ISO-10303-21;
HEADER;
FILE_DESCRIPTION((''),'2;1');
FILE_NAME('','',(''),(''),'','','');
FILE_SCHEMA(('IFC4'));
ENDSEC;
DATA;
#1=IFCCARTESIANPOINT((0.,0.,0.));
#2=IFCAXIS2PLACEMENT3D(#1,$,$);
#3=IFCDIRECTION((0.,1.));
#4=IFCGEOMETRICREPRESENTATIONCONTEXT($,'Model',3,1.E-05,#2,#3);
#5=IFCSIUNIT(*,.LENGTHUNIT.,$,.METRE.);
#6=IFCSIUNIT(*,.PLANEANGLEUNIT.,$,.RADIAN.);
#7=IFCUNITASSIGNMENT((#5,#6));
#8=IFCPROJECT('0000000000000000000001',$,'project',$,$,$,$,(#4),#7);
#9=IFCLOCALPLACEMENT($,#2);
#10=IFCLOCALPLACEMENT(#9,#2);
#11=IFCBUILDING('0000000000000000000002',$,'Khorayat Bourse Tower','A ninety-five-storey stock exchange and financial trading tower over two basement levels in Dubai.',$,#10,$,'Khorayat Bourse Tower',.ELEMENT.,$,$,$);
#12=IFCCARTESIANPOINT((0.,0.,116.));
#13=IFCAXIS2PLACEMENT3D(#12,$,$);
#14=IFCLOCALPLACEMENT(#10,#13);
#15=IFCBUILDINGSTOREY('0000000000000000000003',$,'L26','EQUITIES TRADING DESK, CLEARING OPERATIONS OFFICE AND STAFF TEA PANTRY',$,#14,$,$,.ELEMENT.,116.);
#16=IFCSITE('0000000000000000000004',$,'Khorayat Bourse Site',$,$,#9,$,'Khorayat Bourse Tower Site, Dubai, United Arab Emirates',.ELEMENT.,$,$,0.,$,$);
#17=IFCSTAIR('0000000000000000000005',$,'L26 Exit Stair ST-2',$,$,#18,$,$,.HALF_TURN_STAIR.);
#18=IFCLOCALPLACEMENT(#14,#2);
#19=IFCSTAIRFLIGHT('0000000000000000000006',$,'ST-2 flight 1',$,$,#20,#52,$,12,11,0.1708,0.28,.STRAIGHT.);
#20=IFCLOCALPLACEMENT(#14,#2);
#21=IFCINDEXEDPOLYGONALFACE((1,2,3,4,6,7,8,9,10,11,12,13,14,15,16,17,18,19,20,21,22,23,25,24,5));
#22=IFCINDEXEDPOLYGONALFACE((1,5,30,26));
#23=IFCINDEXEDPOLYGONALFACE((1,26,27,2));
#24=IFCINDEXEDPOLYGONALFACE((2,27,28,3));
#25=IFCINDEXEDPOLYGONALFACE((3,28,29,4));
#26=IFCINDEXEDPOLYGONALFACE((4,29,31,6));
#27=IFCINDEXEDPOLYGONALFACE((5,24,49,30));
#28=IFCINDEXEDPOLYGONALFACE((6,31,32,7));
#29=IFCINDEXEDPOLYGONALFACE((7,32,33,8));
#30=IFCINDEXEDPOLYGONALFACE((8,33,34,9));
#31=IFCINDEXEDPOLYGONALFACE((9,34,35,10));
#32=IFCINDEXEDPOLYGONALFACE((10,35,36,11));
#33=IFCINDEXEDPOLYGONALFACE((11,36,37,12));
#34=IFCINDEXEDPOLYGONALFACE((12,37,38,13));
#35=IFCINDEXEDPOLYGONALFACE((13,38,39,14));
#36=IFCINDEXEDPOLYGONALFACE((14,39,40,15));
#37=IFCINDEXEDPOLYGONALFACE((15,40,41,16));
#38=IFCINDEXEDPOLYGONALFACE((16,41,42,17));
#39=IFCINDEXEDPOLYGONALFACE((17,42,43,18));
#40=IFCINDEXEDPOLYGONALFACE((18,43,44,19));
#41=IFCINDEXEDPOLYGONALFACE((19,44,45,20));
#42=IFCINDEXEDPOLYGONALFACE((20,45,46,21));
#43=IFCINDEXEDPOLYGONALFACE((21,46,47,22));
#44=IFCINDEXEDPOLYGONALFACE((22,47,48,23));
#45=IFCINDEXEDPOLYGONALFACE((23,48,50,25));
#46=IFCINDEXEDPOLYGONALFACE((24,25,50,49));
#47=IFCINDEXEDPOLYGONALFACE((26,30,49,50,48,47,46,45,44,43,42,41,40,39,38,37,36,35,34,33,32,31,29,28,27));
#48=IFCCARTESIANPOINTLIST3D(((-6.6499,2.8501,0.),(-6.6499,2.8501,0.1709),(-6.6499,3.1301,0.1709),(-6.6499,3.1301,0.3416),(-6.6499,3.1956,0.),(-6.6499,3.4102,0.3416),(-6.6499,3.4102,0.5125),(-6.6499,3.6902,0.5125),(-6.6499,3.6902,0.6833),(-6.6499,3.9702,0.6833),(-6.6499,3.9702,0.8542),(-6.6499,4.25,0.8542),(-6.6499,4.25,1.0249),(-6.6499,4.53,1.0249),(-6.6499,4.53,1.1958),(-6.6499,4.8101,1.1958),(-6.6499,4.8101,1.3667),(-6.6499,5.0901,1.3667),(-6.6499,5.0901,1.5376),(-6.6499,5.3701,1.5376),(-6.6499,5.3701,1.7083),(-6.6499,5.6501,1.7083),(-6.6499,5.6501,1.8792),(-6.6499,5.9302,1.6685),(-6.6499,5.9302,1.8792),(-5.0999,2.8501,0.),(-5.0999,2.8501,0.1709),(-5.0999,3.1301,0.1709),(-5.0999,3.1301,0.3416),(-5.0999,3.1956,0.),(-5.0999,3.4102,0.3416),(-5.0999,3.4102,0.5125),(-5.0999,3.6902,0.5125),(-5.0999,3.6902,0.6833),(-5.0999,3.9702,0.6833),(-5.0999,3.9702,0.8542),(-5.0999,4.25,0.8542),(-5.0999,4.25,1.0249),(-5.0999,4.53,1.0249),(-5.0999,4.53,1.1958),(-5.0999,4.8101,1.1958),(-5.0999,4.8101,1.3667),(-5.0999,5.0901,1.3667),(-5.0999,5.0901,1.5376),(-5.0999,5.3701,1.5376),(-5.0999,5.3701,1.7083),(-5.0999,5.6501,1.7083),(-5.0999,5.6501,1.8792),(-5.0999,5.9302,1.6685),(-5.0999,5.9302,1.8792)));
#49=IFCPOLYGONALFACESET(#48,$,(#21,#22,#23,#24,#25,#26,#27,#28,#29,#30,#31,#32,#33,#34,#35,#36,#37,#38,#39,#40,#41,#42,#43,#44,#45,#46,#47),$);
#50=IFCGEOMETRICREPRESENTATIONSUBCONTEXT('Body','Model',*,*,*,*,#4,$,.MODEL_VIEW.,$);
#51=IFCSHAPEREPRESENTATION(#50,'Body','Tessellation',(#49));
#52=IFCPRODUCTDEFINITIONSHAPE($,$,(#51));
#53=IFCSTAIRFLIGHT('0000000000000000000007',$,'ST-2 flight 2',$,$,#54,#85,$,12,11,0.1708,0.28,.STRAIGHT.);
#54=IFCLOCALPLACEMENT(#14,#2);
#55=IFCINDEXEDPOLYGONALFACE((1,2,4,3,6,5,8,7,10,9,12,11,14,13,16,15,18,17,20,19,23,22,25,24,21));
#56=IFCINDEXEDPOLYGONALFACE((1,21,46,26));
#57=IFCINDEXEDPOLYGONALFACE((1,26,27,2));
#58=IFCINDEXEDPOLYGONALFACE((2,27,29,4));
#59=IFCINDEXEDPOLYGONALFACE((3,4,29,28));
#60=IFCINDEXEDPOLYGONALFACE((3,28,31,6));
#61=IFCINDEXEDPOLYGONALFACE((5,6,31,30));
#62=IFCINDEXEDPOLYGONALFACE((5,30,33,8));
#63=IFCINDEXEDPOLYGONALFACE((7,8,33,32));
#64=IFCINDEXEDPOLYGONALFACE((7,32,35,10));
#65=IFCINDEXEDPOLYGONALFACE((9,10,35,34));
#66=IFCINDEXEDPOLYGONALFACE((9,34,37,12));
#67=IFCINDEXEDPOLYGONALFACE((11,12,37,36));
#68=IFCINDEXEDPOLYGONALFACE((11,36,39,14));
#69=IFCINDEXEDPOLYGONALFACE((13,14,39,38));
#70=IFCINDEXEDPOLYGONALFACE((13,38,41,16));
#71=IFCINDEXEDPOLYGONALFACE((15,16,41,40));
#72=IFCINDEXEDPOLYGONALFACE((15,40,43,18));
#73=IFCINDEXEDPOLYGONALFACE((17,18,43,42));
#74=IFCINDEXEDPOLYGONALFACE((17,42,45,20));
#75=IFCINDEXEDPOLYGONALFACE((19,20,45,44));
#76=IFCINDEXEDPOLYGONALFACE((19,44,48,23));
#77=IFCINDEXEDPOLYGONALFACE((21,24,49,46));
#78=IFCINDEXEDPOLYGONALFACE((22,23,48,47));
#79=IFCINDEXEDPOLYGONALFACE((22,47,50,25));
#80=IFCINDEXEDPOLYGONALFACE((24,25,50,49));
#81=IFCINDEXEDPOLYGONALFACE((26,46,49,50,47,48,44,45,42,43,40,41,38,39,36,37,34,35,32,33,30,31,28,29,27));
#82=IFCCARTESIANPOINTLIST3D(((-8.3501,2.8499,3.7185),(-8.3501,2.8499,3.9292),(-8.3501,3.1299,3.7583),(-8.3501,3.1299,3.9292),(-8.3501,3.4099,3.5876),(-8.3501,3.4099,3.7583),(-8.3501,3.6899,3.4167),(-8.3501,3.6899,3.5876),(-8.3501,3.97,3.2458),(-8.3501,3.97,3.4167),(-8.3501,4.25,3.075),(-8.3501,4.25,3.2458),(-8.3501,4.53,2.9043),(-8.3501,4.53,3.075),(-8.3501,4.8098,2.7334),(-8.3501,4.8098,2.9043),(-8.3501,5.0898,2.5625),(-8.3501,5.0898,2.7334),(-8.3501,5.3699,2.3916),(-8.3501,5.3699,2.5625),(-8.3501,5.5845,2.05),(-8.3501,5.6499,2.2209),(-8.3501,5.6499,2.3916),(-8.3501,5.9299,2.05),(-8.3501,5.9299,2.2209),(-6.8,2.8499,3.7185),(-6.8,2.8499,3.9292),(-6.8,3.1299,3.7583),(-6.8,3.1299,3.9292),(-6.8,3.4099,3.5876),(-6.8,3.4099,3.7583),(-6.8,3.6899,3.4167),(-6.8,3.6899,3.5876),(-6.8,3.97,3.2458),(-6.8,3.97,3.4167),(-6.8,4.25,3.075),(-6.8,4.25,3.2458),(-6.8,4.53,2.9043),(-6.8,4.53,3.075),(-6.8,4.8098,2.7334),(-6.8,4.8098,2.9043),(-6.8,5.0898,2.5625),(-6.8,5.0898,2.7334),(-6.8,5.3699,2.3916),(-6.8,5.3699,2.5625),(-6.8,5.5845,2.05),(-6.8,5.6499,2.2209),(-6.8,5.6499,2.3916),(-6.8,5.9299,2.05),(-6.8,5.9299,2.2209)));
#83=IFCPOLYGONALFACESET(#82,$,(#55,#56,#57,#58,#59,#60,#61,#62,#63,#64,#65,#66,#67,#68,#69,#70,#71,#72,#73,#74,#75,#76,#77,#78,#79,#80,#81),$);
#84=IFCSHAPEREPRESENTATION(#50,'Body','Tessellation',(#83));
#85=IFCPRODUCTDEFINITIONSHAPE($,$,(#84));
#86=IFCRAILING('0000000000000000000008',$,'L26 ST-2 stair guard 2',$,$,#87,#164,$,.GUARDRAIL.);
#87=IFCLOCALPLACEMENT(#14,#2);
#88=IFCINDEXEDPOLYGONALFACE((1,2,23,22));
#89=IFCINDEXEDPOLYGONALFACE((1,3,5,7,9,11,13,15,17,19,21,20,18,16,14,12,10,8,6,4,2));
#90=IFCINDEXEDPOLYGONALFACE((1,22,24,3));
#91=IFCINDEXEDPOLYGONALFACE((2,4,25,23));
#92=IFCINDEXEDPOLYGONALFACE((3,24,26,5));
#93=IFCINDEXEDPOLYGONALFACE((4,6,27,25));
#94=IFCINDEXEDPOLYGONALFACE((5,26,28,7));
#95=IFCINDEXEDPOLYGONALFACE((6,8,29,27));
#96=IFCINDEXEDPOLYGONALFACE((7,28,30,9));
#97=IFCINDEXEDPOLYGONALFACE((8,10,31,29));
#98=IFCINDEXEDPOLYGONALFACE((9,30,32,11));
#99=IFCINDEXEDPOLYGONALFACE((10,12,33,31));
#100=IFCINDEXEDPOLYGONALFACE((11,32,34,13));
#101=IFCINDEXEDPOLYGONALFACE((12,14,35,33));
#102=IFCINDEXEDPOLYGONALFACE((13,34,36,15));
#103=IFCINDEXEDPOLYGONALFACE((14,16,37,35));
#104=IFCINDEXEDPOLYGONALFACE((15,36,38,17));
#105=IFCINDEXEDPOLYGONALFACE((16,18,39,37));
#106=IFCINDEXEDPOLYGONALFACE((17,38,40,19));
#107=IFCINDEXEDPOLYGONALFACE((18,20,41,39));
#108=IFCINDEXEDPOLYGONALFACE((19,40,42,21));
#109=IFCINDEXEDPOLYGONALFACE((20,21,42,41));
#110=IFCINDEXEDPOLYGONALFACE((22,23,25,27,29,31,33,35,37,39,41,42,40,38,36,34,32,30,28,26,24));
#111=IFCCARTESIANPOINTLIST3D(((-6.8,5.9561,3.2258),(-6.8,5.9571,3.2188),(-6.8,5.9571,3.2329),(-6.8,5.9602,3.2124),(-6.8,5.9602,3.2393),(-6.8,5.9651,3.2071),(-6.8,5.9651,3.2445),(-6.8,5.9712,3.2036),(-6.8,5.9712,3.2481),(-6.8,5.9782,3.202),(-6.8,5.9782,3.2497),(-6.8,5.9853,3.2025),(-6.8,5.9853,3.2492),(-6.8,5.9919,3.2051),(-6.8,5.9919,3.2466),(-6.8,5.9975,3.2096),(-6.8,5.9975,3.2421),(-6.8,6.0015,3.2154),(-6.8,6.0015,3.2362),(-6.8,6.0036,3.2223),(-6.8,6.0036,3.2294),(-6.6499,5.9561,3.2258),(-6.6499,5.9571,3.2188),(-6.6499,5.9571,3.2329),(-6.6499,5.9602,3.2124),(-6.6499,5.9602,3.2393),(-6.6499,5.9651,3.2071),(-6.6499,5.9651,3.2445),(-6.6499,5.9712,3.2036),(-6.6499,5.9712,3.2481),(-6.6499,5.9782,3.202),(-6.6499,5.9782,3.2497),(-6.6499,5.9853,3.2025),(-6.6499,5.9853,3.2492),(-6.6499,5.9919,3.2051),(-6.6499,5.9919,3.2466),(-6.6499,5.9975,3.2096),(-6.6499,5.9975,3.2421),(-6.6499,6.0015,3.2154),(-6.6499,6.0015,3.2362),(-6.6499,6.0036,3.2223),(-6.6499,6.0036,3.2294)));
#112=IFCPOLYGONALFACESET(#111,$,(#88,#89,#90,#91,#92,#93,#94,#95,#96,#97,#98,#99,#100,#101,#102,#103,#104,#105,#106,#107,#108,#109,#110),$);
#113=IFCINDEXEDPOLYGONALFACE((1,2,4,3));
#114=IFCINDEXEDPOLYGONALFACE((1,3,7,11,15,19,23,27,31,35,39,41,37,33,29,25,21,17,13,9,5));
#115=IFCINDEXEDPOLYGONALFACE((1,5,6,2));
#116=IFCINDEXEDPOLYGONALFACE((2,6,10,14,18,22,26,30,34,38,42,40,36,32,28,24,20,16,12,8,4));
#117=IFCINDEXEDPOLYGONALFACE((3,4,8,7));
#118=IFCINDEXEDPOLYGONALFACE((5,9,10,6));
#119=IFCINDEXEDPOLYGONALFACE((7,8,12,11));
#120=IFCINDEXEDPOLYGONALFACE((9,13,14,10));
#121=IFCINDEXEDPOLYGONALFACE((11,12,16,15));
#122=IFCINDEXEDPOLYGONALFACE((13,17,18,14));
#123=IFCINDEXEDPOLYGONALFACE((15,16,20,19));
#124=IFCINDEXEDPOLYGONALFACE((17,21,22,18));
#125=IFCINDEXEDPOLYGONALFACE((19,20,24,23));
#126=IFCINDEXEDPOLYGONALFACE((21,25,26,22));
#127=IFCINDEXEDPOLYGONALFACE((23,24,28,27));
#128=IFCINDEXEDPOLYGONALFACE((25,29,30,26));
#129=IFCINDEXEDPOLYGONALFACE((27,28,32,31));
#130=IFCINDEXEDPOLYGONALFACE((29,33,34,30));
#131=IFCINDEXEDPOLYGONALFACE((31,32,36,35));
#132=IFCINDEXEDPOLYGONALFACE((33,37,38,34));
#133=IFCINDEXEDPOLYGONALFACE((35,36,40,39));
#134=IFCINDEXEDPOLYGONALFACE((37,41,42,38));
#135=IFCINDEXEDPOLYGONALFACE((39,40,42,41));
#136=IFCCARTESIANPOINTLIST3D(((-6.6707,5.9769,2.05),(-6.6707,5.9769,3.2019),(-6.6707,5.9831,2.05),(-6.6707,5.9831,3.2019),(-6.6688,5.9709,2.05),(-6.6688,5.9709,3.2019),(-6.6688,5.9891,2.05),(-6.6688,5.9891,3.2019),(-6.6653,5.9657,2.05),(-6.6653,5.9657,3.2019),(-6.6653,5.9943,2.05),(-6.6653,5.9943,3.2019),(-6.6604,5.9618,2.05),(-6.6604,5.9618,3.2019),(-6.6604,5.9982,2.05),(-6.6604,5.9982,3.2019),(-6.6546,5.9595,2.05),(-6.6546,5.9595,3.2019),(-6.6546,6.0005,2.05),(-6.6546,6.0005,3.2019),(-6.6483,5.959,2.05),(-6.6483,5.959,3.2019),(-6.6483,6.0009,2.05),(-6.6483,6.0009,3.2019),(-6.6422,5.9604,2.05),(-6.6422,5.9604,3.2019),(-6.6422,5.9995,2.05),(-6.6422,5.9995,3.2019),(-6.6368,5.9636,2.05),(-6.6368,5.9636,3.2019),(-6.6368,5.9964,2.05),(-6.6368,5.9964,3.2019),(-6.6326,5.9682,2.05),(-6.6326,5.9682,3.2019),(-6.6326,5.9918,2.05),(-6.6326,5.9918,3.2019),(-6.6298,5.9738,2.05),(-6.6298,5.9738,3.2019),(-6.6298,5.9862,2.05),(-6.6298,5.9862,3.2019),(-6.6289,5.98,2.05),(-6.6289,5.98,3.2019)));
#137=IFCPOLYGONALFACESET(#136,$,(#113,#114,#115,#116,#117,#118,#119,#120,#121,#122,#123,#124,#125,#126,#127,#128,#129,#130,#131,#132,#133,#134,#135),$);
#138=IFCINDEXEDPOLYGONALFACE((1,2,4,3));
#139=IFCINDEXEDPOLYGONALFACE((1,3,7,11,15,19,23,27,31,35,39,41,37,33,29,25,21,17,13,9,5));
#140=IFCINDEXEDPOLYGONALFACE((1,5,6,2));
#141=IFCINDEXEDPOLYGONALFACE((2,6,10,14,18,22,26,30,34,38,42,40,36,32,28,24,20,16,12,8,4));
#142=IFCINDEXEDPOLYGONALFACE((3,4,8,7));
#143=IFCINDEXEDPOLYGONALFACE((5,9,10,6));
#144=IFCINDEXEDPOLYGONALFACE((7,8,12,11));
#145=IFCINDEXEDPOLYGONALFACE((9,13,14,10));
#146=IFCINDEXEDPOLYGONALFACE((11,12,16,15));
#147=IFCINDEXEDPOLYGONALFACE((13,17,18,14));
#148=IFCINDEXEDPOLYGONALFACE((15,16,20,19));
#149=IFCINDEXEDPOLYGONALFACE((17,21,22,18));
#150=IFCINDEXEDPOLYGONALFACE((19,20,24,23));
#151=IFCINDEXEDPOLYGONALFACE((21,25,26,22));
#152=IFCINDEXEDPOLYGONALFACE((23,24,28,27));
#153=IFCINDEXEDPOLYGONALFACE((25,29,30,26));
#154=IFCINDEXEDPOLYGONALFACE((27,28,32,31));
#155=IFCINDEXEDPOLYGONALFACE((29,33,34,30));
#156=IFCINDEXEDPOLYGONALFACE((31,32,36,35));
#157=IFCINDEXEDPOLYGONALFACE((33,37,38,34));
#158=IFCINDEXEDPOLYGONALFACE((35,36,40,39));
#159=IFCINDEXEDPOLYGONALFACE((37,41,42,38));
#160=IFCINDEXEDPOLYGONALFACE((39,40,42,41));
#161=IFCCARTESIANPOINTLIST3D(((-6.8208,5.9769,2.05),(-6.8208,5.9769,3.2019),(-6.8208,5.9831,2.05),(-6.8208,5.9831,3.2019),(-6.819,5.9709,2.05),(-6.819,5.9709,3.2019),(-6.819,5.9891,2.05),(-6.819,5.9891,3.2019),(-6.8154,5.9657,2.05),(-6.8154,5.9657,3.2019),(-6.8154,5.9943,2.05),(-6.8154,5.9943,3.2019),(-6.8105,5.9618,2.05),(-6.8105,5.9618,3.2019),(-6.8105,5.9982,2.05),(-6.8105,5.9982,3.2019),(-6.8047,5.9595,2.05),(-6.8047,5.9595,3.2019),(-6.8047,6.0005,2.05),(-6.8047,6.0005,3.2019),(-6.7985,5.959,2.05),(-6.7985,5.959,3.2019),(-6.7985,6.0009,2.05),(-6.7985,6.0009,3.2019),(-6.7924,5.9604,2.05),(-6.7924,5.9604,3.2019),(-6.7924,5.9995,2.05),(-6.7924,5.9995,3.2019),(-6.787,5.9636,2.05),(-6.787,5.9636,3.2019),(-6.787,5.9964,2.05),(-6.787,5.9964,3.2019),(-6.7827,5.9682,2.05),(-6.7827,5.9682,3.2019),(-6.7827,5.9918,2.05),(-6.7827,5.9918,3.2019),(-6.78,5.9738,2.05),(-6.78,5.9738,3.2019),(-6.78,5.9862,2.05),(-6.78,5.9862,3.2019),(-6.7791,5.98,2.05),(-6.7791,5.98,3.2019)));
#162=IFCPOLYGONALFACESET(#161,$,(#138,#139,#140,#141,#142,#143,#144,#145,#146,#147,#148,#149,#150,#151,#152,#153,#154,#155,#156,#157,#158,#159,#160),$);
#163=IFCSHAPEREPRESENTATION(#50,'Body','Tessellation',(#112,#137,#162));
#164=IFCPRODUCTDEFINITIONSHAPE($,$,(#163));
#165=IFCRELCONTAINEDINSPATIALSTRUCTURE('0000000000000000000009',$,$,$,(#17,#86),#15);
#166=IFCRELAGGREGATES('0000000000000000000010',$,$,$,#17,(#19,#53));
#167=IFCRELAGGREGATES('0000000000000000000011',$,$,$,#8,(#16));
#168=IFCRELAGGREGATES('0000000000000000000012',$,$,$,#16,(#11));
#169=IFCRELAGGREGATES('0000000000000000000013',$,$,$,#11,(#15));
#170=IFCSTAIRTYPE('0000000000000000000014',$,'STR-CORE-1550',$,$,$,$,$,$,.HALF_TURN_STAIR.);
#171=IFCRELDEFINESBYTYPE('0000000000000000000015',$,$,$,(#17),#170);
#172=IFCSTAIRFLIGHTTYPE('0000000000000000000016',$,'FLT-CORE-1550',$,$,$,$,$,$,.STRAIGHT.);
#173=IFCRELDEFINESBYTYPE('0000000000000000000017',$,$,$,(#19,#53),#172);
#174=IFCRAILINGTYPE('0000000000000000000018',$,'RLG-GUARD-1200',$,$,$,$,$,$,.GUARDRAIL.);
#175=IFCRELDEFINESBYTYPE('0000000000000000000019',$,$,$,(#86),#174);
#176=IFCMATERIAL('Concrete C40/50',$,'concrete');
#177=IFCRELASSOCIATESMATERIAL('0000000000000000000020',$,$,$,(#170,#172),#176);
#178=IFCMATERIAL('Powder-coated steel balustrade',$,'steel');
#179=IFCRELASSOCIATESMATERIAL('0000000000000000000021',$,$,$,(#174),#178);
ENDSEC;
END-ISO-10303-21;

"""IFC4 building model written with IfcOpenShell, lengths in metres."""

from ifc_helpers import new_model, si_unit, direction, frame, origin, origin_2d, place, context, subcontext, project, spatial, polyline, circle, outline, extrude, source, transform, mapped, material, type_object, element, aggregate, save


model = new_model("IFC4")

# Units and contexts
model_context = context("Model", 3, precision=1e-05, world=origin(), true_north=direction((0.0, 1.0)))
body_context = subcontext(model_context, "Body", "Model", "MODEL_VIEW")
ifc_project = project(units=[si_unit("LENGTHUNIT", "METRE"), si_unit("PLANEANGLEUNIT", "RADIAN")], contexts=[model_context])

# Site, building, storey
site_placement = place(None, origin())
site = spatial("IfcSite", under=ifc_project, at=site_placement, Name="Khorayat Bourse Site", LongName="Khorayat Bourse Tower Site, Dubai, United Arab Emirates", CompositionType="ELEMENT", RefElevation=0.0)
building_placement = place(site_placement, origin())
building = spatial("IfcBuilding", under=site, at=building_placement, Name="Khorayat Bourse Tower", Description="A ninety-five-storey stock exchange and financial trading tower over two basement levels in Dubai.", LongName="Khorayat Bourse Tower", CompositionType="ELEMENT")
storey_placement = place(building_placement, frame((0.0, 0.0, 116.0)))
storey = spatial("IfcBuildingStorey", under=building, at=storey_placement, Name="L26", Description="EQUITIES TRADING DESK, CLEARING OPERATIONS OFFICE AND STAFF TEA PANTRY", CompositionType="ELEMENT", Elevation=116.0)

# Stair, stair flights
ifc_material_1 = material(Name="Concrete C40/50", Category="concrete")
stair_type = type_object("IfcStairType", Name="STR-CORE-1550", PredefinedType="HALF_TURN_STAIR", material=ifc_material_1)
stair_placement = place(storey_placement, origin())
stair = element("IfcStair", 1, at=stair_placement, inside=storey, type_object=stair_type, Name="L26 Exit Stair ST-2", PredefinedType="HALF_TURN_STAIR")
stair_flight_type = type_object("IfcStairFlightType", Name="FLT-CORE-1550", PredefinedType="STRAIGHT", material=ifc_material_1)
shared_shape_1 = source(origin(), body_context, "Body", "SweptSolid", [
    extrude(outline(polyline([(0.0, 0.0), (0.0, 0.1709), (0.28, 0.1709), (0.28, 0.3416), (0.5601, 0.3416), (0.5601, 0.5125), (0.8401, 0.5125), (0.8401, 0.6833), (1.1201, 0.6833), (1.1201, 0.8542), (1.3999, 0.8542), (1.3999, 1.0249), (1.6799, 1.0249), (1.6799, 1.1958), (1.96, 1.1958), (1.96, 1.3667), (2.24, 1.3667), (2.24, 1.5376), (2.52, 1.5376), (2.52, 1.7083), (2.8, 1.7083), (2.8, 1.8792), (3.0801, 1.8792), (3.0801, 2.05), (3.0801, 1.6685), (0.3455, 0.0), (0.0, 0.0)])), frame((0.0, 0.7749, 0.0), z_axis=(0.0, -1.0, 0.0), x_axis=(1.0, 0.0, 0.0)), (0.0, 0.0, 1.0), 1.55),
])
stair_flight_1_placement = place(storey_placement, frame((-5.875, 2.8501, 0.0), z_axis=(0.0, 0.0, 1.0), x_axis=(0.0, 1.0, 0.0)))
stair_flight_1 = element("IfcStairFlight", 2, at=stair_flight_1_placement, type_object=stair_flight_type, Name="ST-2 flight 1", NumberOfRisers=12, NumberOfTreads=11, PredefinedType="STRAIGHT", RiserHeight=0.1708, TreadLength=0.28, context=body_context, shape_type="MappedRepresentation", body=[
    mapped(shared_shape_1, transform((0.0, 0.0, 0.0), scale=1.0)),
])
stair_flight_2_placement = place(storey_placement, frame((-7.575, 5.9299, 2.05), z_axis=(0.0, 0.0, 1.0), x_axis=(0.0, -1.0, 0.0)))
stair_flight_2 = element("IfcStairFlight", 3, at=stair_flight_2_placement, type_object=stair_flight_type, Name="ST-2 flight 2", NumberOfRisers=12, NumberOfTreads=11, PredefinedType="STRAIGHT", RiserHeight=0.1708, TreadLength=0.28, context=body_context, shape_type="MappedRepresentation", body=[
    mapped(shared_shape_1, transform((0.0, 0.0, 0.0), scale=1.0)),
])
aggregate(stair, [stair_flight_1, stair_flight_2])

# Railing
ifc_material_2 = material(Name="Powder-coated steel balustrade", Category="steel")
railing_type_1 = type_object("IfcRailingType", Name="RLG-GUARD-1200", PredefinedType="GUARDRAIL", material=ifc_material_2)
shared_shape_2 = source(origin(), body_context, "Body", "SweptSolid", [
    extrude(circle(Radius=0.0239, at=origin_2d()), frame((0.0, 0.0, 1.1758), z_axis=(-1.0, 0.0, 0.0), x_axis=(0.0, -1.0, 0.0)), (0.0, 0.0, 1.0), 0.1501),
    extrude(circle(Radius=0.021, at=origin_2d()), origin(), (0.0, 0.0, 1.0), 1.1519),
    extrude(circle(Radius=0.021, at=origin_2d()), frame((-0.1501, 0.0, 0.0)), (0.0, 0.0, 1.0), 1.1519),
])
for number, where, name in (
    (4, (-6.6499, 5.98, 2.05), "L26 ST-2 stair guard 2"),
):
    element("IfcRailing", number, at=place(storey_placement, frame(where)), inside=storey, type_object=railing_type_1, Name=name, PredefinedType="GUARDRAIL", context=body_context, shape_type="MappedRepresentation", body=[
        mapped(shared_shape_2, transform((0.0, 0.0, 0.0), scale=1.0)),
    ])

save(model, "model.ifc")
